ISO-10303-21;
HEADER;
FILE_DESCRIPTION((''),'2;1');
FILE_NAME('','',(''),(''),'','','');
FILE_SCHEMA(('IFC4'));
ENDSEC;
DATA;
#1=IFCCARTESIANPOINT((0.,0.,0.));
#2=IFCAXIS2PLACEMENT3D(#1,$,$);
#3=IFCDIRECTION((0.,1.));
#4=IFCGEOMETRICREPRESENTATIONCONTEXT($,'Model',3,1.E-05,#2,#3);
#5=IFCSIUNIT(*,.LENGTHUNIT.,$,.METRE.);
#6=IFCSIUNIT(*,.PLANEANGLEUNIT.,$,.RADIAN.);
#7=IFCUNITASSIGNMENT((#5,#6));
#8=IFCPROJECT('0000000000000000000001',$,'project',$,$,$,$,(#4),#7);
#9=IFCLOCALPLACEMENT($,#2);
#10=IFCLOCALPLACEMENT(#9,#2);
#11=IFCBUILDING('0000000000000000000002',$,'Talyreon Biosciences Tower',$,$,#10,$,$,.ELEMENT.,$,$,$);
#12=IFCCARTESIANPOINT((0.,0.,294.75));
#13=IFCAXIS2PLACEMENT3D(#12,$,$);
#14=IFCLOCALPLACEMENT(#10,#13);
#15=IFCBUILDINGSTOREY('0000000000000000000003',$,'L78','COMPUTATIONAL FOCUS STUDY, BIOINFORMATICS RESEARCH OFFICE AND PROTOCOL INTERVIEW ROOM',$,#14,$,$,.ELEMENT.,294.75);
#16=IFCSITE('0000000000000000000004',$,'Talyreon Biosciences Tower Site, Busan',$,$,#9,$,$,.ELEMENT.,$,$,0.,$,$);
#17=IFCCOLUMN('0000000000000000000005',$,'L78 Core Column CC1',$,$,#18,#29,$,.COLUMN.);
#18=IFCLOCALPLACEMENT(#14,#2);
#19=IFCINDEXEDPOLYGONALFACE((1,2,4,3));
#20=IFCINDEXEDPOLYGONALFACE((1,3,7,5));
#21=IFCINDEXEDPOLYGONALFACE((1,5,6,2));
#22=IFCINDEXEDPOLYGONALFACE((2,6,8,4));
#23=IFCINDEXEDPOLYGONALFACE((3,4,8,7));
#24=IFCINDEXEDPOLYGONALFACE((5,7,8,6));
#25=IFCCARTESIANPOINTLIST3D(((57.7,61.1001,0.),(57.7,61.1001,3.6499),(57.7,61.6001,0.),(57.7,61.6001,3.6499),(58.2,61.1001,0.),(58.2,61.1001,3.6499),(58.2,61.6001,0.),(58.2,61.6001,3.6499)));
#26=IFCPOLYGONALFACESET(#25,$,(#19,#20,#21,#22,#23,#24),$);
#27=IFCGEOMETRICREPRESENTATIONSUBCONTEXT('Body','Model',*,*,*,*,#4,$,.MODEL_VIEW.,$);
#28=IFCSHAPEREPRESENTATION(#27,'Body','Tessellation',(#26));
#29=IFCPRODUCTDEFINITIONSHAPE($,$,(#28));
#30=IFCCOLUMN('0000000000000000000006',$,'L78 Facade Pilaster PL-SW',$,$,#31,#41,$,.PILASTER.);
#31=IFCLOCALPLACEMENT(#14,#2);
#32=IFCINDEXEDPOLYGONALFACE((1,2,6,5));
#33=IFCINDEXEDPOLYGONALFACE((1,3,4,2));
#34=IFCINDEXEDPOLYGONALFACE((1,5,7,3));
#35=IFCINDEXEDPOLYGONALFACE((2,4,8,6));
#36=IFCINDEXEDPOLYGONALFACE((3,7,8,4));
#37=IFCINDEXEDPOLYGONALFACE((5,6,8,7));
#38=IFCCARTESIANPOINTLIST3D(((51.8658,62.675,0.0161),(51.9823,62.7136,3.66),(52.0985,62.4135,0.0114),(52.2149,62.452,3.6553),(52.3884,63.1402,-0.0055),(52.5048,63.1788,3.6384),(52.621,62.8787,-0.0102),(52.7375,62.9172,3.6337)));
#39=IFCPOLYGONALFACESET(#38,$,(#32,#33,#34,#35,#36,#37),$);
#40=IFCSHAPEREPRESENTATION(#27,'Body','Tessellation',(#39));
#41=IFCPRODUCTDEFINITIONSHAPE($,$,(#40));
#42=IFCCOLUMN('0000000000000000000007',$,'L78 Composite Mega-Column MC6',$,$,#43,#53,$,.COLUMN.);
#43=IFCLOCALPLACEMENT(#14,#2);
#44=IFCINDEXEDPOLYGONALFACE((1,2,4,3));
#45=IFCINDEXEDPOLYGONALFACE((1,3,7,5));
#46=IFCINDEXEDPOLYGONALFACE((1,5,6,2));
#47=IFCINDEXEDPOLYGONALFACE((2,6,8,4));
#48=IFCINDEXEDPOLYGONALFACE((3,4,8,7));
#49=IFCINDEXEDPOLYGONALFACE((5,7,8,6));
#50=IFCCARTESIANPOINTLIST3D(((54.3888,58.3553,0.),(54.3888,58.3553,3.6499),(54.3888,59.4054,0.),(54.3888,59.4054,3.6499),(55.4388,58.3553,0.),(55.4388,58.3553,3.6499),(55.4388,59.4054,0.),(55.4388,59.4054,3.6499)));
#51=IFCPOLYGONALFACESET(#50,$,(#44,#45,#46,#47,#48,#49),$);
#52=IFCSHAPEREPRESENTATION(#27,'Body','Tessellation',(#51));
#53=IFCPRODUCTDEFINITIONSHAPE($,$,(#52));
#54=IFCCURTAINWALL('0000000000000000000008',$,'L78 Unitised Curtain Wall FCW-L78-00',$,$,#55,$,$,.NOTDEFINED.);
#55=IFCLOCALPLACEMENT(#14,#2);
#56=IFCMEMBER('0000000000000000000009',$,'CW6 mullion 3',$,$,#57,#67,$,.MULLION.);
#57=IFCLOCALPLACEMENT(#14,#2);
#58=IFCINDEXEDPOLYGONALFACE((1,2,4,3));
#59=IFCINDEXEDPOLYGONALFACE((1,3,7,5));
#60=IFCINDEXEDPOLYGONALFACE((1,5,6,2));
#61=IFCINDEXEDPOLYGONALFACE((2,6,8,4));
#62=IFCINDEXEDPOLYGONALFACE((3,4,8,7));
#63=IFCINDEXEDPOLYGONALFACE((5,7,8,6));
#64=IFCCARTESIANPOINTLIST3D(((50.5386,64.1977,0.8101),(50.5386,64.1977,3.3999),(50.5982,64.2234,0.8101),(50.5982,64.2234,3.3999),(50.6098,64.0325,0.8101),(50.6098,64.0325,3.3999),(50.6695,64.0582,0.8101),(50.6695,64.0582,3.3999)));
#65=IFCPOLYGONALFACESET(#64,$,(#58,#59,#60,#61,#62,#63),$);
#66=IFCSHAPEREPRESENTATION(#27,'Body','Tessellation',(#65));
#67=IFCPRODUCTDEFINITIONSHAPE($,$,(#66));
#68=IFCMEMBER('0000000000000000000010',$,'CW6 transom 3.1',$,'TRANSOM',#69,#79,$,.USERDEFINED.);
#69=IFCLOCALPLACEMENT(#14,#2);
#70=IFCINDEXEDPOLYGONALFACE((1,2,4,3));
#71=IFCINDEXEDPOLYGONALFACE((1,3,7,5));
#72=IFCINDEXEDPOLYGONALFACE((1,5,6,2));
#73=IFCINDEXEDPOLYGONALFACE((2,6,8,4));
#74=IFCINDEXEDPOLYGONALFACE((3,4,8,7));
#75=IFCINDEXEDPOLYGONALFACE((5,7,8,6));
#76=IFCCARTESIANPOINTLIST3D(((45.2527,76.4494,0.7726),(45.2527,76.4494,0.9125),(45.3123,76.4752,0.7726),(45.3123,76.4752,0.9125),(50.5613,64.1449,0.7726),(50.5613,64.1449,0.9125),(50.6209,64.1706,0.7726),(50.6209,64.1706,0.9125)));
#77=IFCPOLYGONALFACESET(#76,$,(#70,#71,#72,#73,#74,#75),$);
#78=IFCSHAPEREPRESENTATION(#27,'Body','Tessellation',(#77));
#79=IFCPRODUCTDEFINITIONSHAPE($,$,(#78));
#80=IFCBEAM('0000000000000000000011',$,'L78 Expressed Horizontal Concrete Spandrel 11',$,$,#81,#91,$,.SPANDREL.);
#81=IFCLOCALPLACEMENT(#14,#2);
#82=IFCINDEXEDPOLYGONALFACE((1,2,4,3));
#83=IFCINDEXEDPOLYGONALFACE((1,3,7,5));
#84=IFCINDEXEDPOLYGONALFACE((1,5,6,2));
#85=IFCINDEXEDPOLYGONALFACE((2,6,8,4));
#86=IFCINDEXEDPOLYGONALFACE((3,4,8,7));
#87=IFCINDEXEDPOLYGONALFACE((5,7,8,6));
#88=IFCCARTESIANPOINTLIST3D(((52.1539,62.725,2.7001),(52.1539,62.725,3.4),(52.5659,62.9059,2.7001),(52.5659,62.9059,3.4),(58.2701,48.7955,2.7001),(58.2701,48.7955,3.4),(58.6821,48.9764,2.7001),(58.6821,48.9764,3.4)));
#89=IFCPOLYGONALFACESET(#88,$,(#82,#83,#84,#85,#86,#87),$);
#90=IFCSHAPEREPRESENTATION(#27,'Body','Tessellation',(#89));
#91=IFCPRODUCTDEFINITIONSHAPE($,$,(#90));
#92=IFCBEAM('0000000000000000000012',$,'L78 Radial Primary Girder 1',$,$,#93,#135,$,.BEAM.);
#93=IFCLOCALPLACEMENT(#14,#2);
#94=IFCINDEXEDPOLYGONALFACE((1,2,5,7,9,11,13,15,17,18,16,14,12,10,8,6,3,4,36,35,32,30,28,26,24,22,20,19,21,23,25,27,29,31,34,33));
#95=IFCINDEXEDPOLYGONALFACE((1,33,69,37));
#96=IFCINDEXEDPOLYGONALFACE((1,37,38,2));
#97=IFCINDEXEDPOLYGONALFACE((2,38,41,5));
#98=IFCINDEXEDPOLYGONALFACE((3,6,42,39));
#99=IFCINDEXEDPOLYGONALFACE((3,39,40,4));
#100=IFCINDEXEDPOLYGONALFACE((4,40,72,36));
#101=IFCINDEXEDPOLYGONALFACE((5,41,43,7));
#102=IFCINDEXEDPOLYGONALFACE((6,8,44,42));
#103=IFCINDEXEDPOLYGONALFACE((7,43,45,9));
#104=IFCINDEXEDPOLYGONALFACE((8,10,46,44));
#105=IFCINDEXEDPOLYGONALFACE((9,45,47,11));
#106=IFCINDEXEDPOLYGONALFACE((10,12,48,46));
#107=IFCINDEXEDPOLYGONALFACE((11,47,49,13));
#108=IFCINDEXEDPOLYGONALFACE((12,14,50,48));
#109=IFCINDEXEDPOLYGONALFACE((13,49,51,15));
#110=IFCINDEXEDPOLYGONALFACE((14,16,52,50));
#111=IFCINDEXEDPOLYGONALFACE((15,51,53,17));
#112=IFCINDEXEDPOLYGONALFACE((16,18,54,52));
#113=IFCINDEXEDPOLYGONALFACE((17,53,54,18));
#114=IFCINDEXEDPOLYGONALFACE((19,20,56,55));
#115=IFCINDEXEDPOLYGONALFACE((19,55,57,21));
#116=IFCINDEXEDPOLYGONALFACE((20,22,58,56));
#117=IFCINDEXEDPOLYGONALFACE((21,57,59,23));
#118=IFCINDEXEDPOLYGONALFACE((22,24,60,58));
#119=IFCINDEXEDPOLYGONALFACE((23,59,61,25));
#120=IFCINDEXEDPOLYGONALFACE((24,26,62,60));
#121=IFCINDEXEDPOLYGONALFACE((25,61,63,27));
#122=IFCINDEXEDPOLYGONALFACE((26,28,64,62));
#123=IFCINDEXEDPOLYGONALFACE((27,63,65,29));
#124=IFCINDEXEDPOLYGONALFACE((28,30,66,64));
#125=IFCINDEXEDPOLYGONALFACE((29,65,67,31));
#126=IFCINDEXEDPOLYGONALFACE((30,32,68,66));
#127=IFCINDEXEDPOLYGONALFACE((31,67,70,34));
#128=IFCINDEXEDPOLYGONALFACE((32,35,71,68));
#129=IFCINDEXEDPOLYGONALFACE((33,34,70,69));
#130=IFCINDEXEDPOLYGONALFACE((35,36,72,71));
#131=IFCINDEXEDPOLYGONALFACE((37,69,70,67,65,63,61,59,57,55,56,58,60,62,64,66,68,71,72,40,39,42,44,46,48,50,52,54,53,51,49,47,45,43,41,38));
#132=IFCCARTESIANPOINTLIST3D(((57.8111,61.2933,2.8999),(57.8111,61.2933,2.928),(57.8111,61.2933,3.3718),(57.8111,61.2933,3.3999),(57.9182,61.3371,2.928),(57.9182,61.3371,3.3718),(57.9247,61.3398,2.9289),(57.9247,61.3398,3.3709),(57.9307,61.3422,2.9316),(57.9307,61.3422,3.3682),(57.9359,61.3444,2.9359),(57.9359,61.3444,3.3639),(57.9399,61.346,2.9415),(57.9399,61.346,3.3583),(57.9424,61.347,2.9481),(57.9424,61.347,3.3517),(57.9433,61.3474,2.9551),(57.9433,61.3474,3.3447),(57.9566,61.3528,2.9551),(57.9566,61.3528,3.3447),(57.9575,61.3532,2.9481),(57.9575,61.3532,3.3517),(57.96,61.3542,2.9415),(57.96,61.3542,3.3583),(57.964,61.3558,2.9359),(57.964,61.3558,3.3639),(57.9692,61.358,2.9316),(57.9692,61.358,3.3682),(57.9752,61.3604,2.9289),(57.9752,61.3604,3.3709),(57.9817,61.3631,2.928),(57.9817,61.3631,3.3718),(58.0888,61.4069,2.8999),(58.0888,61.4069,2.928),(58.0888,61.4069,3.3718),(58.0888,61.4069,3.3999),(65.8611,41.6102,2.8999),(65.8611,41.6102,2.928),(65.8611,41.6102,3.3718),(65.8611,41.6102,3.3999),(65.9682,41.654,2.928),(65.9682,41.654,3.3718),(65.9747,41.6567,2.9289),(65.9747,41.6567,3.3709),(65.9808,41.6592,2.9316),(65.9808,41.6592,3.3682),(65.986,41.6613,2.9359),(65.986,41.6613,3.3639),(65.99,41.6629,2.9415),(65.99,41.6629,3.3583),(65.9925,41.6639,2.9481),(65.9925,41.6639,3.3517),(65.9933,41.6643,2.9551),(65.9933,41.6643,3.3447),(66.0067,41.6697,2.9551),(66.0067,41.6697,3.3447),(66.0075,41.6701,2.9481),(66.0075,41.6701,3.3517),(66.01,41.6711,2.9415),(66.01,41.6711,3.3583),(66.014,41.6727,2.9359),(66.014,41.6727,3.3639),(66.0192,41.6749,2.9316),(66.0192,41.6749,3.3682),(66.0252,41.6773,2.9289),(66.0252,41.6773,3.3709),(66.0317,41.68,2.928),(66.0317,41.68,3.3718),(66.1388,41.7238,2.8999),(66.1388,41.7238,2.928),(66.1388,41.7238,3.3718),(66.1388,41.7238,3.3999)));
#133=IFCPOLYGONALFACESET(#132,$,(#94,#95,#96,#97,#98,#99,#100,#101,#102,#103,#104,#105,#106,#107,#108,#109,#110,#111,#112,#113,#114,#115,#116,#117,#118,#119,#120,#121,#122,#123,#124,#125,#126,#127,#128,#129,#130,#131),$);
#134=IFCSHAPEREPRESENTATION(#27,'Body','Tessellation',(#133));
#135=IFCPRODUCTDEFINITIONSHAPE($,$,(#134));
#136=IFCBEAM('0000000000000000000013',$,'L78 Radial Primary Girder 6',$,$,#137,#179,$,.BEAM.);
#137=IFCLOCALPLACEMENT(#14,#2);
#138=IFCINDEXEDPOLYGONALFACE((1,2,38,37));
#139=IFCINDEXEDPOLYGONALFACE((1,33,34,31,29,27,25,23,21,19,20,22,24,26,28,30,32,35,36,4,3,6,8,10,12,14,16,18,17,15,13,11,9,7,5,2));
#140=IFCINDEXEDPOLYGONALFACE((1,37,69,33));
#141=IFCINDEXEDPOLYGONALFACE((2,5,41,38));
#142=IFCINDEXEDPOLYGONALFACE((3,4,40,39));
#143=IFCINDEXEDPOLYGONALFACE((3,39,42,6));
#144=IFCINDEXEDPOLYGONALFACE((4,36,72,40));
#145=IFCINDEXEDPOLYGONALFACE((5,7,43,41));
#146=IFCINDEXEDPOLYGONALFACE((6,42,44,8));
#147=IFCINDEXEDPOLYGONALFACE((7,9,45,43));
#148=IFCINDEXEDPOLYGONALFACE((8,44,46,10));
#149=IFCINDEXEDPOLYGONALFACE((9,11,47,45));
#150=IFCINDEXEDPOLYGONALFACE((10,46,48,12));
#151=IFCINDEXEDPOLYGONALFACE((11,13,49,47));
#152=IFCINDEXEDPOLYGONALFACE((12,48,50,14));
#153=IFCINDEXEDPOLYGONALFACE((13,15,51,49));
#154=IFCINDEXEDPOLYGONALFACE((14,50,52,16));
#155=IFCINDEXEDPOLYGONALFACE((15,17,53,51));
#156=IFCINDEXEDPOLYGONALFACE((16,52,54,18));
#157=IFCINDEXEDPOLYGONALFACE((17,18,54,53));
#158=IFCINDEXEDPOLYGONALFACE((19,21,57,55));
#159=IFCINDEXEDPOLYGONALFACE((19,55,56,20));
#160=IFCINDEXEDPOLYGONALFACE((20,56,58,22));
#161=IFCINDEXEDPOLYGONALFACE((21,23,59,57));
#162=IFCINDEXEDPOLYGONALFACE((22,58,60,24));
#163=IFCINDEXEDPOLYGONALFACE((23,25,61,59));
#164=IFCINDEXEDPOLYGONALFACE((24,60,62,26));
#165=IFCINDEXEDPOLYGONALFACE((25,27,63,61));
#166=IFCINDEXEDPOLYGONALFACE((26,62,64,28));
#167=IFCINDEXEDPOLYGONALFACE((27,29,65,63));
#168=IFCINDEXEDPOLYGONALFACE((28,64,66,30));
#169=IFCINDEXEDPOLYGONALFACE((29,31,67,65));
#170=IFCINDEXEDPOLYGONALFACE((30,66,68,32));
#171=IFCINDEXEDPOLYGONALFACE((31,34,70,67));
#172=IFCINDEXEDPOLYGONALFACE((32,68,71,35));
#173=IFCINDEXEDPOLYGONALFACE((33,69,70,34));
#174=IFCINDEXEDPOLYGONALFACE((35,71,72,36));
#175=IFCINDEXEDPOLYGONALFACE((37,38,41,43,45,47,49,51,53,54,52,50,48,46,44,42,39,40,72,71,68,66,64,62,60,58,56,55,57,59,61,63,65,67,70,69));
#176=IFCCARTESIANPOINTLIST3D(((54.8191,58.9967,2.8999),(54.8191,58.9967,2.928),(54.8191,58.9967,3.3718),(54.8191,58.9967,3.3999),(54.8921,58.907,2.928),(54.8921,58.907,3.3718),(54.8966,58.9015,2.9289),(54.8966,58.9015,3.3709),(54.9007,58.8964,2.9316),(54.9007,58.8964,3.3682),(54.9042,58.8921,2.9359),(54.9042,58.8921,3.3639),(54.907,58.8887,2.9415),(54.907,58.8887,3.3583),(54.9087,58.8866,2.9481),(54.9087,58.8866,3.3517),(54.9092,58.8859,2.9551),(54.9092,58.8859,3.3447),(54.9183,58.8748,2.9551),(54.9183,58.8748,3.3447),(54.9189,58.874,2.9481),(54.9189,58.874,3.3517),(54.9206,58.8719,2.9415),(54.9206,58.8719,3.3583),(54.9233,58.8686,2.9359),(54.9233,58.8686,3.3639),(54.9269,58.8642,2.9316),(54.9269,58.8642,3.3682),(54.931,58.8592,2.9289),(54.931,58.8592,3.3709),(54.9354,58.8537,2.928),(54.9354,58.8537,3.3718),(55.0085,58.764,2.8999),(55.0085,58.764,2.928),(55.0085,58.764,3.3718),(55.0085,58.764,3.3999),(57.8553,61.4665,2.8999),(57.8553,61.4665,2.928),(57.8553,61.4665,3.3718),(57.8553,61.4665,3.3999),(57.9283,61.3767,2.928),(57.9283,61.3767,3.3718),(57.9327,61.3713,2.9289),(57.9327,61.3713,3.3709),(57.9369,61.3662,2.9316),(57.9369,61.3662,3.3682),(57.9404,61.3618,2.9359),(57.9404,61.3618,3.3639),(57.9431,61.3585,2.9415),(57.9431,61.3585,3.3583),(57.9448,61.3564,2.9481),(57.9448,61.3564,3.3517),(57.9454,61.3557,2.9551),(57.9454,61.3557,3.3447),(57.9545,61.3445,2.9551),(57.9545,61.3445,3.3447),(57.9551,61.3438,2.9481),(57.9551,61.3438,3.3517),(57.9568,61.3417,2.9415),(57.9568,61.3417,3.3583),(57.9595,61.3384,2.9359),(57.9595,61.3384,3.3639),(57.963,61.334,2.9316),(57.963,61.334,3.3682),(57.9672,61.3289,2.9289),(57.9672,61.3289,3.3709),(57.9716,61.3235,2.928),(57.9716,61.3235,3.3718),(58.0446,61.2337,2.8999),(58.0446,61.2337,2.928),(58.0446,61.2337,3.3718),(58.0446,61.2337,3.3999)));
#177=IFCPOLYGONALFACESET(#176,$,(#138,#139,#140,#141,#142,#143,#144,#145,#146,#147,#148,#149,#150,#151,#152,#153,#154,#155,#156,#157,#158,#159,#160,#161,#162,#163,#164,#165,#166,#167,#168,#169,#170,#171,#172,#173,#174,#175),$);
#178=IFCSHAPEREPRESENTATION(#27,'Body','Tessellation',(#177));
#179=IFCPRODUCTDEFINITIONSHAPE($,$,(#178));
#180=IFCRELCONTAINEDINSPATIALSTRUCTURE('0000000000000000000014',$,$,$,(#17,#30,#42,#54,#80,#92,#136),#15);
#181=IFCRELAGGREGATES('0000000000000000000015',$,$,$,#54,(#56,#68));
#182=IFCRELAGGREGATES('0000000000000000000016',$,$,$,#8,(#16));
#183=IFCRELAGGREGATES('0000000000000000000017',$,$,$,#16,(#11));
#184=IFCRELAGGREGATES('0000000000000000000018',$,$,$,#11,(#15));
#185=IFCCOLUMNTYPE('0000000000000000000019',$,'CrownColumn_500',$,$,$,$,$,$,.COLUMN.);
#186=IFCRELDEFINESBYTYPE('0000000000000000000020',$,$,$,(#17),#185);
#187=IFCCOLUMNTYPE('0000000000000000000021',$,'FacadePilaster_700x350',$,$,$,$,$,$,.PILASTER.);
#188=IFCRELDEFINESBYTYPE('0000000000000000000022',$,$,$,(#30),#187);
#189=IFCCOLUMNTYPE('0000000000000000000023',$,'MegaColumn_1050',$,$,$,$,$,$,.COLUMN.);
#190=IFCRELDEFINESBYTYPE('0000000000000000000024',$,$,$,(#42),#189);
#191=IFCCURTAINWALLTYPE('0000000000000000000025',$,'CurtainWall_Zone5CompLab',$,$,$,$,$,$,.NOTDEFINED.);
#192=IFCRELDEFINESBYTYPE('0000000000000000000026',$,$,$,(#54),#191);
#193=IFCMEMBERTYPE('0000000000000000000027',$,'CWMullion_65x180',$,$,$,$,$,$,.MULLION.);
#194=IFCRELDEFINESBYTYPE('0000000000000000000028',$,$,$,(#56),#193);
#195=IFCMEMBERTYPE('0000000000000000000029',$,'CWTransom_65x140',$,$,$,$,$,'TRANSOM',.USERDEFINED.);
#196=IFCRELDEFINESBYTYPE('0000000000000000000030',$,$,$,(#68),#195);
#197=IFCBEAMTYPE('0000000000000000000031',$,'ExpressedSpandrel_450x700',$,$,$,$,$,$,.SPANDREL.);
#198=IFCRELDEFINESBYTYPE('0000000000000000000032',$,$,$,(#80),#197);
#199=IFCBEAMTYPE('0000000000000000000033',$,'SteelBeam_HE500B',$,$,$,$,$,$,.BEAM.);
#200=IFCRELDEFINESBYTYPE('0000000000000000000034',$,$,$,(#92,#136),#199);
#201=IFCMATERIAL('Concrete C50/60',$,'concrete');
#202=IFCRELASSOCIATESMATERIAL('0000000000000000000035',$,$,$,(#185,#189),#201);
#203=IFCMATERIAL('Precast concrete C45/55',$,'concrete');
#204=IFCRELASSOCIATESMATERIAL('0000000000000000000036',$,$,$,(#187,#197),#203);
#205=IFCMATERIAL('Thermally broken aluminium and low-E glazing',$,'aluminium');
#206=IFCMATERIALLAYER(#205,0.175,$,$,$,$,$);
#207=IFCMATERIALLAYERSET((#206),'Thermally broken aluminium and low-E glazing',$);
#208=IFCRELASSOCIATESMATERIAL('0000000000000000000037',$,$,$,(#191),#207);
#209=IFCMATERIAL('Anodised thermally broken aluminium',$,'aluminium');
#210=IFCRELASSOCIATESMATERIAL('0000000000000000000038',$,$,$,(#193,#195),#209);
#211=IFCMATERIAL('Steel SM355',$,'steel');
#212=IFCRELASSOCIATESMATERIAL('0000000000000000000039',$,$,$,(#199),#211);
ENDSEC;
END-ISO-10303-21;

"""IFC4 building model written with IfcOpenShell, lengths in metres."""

from ifc_helpers import new_model, si_unit, direction, frame, origin, origin_2d, place, context, subcontext, project, spatial, rectangle, i_section, extrude, material, layer, layer_set, material_profile, profile_set, type_object, element, aggregate, save


model = new_model("IFC4")

# Units and contexts
model_context = context("Model", 3, precision=1e-05, world=origin(), true_north=direction((0.0, 1.0)))
body_context = subcontext(model_context, "Body", "Model", "MODEL_VIEW")
ifc_project = project(units=[si_unit("LENGTHUNIT", "METRE"), si_unit("PLANEANGLEUNIT", "RADIAN")], contexts=[model_context])

# Site, building, storey
site_placement = place(None, origin())
site = spatial("IfcSite", under=ifc_project, at=site_placement, Name="Talyreon Biosciences Tower Site, Busan", CompositionType="ELEMENT", RefElevation=0.0)
building_placement = place(site_placement, origin())
building = spatial("IfcBuilding", under=site, at=building_placement, Name="Talyreon Biosciences Tower", CompositionType="ELEMENT")
storey_placement = place(building_placement, frame((0.0, 0.0, 294.75)))
storey = spatial("IfcBuildingStorey", under=building, at=storey_placement, Name="L78", Description="COMPUTATIONAL FOCUS STUDY, BIOINFORMATICS RESEARCH OFFICE AND PROTOCOL INTERVIEW ROOM", CompositionType="ELEMENT", Elevation=294.75)

# Columns
ifc_material_1 = material(Name="Concrete C50/60", Category="concrete")
ifc_material_profile_1 = material_profile(ifc_material_1, rectangle(XDim=0.5, YDim=0.5, at=origin_2d()), Name="RC 500x500")
ifc_profile_set_1 = profile_set([ifc_material_profile_1], Name="Concrete C50/60")
column_type_1 = type_object("IfcColumnType", Name="CrownColumn_500", PredefinedType="COLUMN", material=ifc_profile_set_1)
column_1_placement = place(storey_placement, frame((57.95, 61.3501, 0.0), z_axis=(0.0, 0.0, 1.0), x_axis=(1.0, 0.0, 0.0)))
element("IfcColumn", 1, at=column_1_placement, inside=storey, type_object=column_type_1, Name="L78 Core Column CC1", PredefinedType="COLUMN", context=body_context, shape_type="SweptSolid", body=[
    extrude(rectangle(XDim=0.5, YDim=0.5, at=origin_2d()), origin(), (0.0, 0.0, 1.0), 3.6499),
])
ifc_material_2 = material(Name="Precast concrete C45/55", Category="concrete")
ifc_material_profile_2 = material_profile(ifc_material_2, rectangle(XDim=0.7, YDim=0.3501, at=origin_2d()), Name="RC 700x350")
ifc_profile_set_2 = profile_set([ifc_material_profile_2], Name="Precast concrete C45/55")
column_type_2 = type_object("IfcColumnType", Name="FacadePilaster_700x350", PredefinedType="PILASTER", material=ifc_profile_set_2)
column_2_placement = place(storey_placement, frame((52.2434, 62.7769, 0.0029), z_axis=(0.03194, 0.01058, 0.999434), x_axis=(0.746554, 0.664608, -0.030893)))
element("IfcColumn", 2, at=column_2_placement, inside=storey, type_object=column_type_2, Name="L78 Facade Pilaster PL-SW", PredefinedType="PILASTER", context=body_context, shape_type="SweptSolid", body=[
    extrude(rectangle(XDim=0.7, YDim=0.3501, at=origin_2d()), origin(), (0.0, 0.0, 1.0), 3.646),
])
ifc_material_profile_3 = material_profile(ifc_material_1, rectangle(XDim=1.05, YDim=1.05, at=origin_2d()), Name="RC 1050x1050")
ifc_profile_set_3 = profile_set([ifc_material_profile_3], Name="Concrete C50/60")
column_type_3 = type_object("IfcColumnType", Name="MegaColumn_1050", PredefinedType="COLUMN", material=ifc_profile_set_3)
column_3_placement = place(storey_placement, frame((54.9138, 58.8804, 0.0), z_axis=(0.0, 0.0, 1.0), x_axis=(1.0, 0.0, 0.0)))
element("IfcColumn", 3, at=column_3_placement, inside=storey, type_object=column_type_3, Name="L78 Composite Mega-Column MC6", PredefinedType="COLUMN", context=body_context, shape_type="SweptSolid", body=[
    extrude(rectangle(XDim=1.05, YDim=1.05, at=origin_2d()), origin(), (0.0, 0.0, 1.0), 3.6499),
])

# Curtain wall, members
ifc_material_3 = material(Name="Thermally broken aluminium and low-E glazing", Category="aluminium")
ifc_layer_1 = layer(ifc_material_3, 0.175)
ifc_layer_set_1 = layer_set([ifc_layer_1], Name="Thermally broken aluminium and low-E glazing")
curtain_wall_type = type_object("IfcCurtainWallType", Name="CurtainWall_Zone5CompLab", PredefinedType="NOTDEFINED", material=ifc_layer_set_1)
curtain_wall_placement = place(storey_placement, origin())
curtain_wall = element("IfcCurtainWall", 4, at=curtain_wall_placement, inside=storey, type_object=curtain_wall_type, Name="L78 Unitised Curtain Wall FCW-L78-00", PredefinedType="NOTDEFINED")
ifc_material_4 = material(Name="Anodised thermally broken aluminium", Category="aluminium")
ifc_material_profile_4 = material_profile(ifc_material_4, rectangle(XDim=0.0649, YDim=0.1799, at=origin_2d()), Name="ALUM MULLION 65x180")
ifc_profile_set_4 = profile_set([ifc_material_profile_4], Name="Anodised thermally broken aluminium")
member_type_1 = type_object("IfcMemberType", Name="CWMullion_65x180", PredefinedType="MULLION", material=ifc_profile_set_4)
member_1_placement = place(storey_placement, frame((50.604, 64.1279, 0.8101), z_axis=(0.0, 0.0, 1.0), x_axis=(-0.918187, -0.396147, 0.0)))
member_1 = element("IfcMember", 5, at=member_1_placement, type_object=member_type_1, Name="CW6 mullion 3", PredefinedType="MULLION", context=body_context, shape_type="SweptSolid", body=[
    extrude(rectangle(XDim=0.0649, YDim=0.1799, at=origin_2d()), origin(), (0.0, 0.0, 1.0), 2.5898),
])
ifc_material_profile_5 = material_profile(ifc_material_4, rectangle(XDim=0.0649, YDim=0.1399, at=origin_2d()), Name="ALUM TRANSOM 65x140")
ifc_profile_set_5 = profile_set([ifc_material_profile_5], Name="Anodised thermally broken aluminium")
member_type_2 = type_object("IfcMemberType", Name="CWTransom_65x140", ElementType="TRANSOM", PredefinedType="USERDEFINED", material=ifc_profile_set_5)
member_2_placement = place(storey_placement, frame((50.5911, 64.1577, 0.8425), z_axis=(-0.396134, 0.918193, 0.0), x_axis=(-0.918193, -0.396134, 0.0)))
member_2 = element("IfcMember", 6, at=member_2_placement, type_object=member_type_2, Name="CW6 transom 3.1", ObjectType="TRANSOM", PredefinedType="USERDEFINED", context=body_context, shape_type="SweptSolid", body=[
    extrude(rectangle(XDim=0.0649, YDim=0.1399, at=origin_2d()), origin(), (0.0, 0.0, 1.0), 13.4009),
])

# Beams
ifc_material_profile_6 = material_profile(ifc_material_2, rectangle(XDim=0.45, YDim=0.7, at=origin_2d()), Name="RCB 450x700")
ifc_profile_set_6 = profile_set([ifc_material_profile_6], Name="Precast concrete C45/55")
beam_type_1 = type_object("IfcBeamType", Name="ExpressedSpandrel_450x700", PredefinedType="SPANDREL", material=ifc_profile_set_6)
beam_1_placement = place(storey_placement, frame((52.3599, 62.8154, 3.05), z_axis=(0.402037, -0.915624, 0.0), x_axis=(0.915624, 0.402037, 0.0)))
element("IfcBeam", 7, at=beam_1_placement, inside=storey, type_object=beam_type_1, Name="L78 Expressed Horizontal Concrete Spandrel 11", PredefinedType="SPANDREL", context=body_context, shape_type="SweptSolid", body=[
    extrude(rectangle(XDim=0.45, YDim=0.7, at=origin_2d()), origin(), (0.0, 0.0, 1.0), 15.2131),
])
ifc_material_5 = material(Name="Steel SM355", Category="steel")
ifc_material_profile_7 = material_profile(ifc_material_5, i_section(OverallWidth=0.3, OverallDepth=0.5, WebThickness=0.0144, FlangeThickness=0.0281, FilletRadius=0.0271, at=origin_2d()), Name="HE500B")
ifc_profile_set_7 = profile_set([ifc_material_profile_7], Name="Steel SM355")
beam_type_2 = type_object("IfcBeamType", Name="SteelBeam_HE500B", PredefinedType="BEAM", material=ifc_profile_set_7)
beam_2_placement = place(storey_placement, frame((57.95, 61.3501, 3.1499), z_axis=(0.378547, -0.925582, 0.0), x_axis=(0.925582, 0.378547, 0.0)))
element("IfcBeam", 8, at=beam_2_placement, inside=storey, type_object=beam_type_2, Name="L78 Radial Primary Girder 1", PredefinedType="BEAM", context=body_context, shape_type="SweptSolid", body=[
    extrude(i_section(OverallWidth=0.3, OverallDepth=0.5, WebThickness=0.0144, FlangeThickness=0.0281, FilletRadius=0.0271, at=origin_2d()), origin(), (0.0, 0.0, 1.0), 21.2656),
])
beam_3_placement = place(storey_placement, frame((57.95, 61.3501, 3.1499), z_axis=(-0.775755, -0.631034, 0.0), x_axis=(0.631034, -0.775755, 0.0)))
element("IfcBeam", 9, at=beam_3_placement, inside=storey, type_object=beam_type_2, Name="L78 Radial Primary Girder 6", PredefinedType="BEAM", context=body_context, shape_type="SweptSolid", body=[
    extrude(i_section(OverallWidth=0.3, OverallDepth=0.5, WebThickness=0.0144, FlangeThickness=0.0281, FilletRadius=0.0271, at=origin_2d()), origin(), (0.0, 0.0, 1.0), 3.9138),
])

aggregate(curtain_wall, [member_1, member_2])

save(model, "model.ifc")
